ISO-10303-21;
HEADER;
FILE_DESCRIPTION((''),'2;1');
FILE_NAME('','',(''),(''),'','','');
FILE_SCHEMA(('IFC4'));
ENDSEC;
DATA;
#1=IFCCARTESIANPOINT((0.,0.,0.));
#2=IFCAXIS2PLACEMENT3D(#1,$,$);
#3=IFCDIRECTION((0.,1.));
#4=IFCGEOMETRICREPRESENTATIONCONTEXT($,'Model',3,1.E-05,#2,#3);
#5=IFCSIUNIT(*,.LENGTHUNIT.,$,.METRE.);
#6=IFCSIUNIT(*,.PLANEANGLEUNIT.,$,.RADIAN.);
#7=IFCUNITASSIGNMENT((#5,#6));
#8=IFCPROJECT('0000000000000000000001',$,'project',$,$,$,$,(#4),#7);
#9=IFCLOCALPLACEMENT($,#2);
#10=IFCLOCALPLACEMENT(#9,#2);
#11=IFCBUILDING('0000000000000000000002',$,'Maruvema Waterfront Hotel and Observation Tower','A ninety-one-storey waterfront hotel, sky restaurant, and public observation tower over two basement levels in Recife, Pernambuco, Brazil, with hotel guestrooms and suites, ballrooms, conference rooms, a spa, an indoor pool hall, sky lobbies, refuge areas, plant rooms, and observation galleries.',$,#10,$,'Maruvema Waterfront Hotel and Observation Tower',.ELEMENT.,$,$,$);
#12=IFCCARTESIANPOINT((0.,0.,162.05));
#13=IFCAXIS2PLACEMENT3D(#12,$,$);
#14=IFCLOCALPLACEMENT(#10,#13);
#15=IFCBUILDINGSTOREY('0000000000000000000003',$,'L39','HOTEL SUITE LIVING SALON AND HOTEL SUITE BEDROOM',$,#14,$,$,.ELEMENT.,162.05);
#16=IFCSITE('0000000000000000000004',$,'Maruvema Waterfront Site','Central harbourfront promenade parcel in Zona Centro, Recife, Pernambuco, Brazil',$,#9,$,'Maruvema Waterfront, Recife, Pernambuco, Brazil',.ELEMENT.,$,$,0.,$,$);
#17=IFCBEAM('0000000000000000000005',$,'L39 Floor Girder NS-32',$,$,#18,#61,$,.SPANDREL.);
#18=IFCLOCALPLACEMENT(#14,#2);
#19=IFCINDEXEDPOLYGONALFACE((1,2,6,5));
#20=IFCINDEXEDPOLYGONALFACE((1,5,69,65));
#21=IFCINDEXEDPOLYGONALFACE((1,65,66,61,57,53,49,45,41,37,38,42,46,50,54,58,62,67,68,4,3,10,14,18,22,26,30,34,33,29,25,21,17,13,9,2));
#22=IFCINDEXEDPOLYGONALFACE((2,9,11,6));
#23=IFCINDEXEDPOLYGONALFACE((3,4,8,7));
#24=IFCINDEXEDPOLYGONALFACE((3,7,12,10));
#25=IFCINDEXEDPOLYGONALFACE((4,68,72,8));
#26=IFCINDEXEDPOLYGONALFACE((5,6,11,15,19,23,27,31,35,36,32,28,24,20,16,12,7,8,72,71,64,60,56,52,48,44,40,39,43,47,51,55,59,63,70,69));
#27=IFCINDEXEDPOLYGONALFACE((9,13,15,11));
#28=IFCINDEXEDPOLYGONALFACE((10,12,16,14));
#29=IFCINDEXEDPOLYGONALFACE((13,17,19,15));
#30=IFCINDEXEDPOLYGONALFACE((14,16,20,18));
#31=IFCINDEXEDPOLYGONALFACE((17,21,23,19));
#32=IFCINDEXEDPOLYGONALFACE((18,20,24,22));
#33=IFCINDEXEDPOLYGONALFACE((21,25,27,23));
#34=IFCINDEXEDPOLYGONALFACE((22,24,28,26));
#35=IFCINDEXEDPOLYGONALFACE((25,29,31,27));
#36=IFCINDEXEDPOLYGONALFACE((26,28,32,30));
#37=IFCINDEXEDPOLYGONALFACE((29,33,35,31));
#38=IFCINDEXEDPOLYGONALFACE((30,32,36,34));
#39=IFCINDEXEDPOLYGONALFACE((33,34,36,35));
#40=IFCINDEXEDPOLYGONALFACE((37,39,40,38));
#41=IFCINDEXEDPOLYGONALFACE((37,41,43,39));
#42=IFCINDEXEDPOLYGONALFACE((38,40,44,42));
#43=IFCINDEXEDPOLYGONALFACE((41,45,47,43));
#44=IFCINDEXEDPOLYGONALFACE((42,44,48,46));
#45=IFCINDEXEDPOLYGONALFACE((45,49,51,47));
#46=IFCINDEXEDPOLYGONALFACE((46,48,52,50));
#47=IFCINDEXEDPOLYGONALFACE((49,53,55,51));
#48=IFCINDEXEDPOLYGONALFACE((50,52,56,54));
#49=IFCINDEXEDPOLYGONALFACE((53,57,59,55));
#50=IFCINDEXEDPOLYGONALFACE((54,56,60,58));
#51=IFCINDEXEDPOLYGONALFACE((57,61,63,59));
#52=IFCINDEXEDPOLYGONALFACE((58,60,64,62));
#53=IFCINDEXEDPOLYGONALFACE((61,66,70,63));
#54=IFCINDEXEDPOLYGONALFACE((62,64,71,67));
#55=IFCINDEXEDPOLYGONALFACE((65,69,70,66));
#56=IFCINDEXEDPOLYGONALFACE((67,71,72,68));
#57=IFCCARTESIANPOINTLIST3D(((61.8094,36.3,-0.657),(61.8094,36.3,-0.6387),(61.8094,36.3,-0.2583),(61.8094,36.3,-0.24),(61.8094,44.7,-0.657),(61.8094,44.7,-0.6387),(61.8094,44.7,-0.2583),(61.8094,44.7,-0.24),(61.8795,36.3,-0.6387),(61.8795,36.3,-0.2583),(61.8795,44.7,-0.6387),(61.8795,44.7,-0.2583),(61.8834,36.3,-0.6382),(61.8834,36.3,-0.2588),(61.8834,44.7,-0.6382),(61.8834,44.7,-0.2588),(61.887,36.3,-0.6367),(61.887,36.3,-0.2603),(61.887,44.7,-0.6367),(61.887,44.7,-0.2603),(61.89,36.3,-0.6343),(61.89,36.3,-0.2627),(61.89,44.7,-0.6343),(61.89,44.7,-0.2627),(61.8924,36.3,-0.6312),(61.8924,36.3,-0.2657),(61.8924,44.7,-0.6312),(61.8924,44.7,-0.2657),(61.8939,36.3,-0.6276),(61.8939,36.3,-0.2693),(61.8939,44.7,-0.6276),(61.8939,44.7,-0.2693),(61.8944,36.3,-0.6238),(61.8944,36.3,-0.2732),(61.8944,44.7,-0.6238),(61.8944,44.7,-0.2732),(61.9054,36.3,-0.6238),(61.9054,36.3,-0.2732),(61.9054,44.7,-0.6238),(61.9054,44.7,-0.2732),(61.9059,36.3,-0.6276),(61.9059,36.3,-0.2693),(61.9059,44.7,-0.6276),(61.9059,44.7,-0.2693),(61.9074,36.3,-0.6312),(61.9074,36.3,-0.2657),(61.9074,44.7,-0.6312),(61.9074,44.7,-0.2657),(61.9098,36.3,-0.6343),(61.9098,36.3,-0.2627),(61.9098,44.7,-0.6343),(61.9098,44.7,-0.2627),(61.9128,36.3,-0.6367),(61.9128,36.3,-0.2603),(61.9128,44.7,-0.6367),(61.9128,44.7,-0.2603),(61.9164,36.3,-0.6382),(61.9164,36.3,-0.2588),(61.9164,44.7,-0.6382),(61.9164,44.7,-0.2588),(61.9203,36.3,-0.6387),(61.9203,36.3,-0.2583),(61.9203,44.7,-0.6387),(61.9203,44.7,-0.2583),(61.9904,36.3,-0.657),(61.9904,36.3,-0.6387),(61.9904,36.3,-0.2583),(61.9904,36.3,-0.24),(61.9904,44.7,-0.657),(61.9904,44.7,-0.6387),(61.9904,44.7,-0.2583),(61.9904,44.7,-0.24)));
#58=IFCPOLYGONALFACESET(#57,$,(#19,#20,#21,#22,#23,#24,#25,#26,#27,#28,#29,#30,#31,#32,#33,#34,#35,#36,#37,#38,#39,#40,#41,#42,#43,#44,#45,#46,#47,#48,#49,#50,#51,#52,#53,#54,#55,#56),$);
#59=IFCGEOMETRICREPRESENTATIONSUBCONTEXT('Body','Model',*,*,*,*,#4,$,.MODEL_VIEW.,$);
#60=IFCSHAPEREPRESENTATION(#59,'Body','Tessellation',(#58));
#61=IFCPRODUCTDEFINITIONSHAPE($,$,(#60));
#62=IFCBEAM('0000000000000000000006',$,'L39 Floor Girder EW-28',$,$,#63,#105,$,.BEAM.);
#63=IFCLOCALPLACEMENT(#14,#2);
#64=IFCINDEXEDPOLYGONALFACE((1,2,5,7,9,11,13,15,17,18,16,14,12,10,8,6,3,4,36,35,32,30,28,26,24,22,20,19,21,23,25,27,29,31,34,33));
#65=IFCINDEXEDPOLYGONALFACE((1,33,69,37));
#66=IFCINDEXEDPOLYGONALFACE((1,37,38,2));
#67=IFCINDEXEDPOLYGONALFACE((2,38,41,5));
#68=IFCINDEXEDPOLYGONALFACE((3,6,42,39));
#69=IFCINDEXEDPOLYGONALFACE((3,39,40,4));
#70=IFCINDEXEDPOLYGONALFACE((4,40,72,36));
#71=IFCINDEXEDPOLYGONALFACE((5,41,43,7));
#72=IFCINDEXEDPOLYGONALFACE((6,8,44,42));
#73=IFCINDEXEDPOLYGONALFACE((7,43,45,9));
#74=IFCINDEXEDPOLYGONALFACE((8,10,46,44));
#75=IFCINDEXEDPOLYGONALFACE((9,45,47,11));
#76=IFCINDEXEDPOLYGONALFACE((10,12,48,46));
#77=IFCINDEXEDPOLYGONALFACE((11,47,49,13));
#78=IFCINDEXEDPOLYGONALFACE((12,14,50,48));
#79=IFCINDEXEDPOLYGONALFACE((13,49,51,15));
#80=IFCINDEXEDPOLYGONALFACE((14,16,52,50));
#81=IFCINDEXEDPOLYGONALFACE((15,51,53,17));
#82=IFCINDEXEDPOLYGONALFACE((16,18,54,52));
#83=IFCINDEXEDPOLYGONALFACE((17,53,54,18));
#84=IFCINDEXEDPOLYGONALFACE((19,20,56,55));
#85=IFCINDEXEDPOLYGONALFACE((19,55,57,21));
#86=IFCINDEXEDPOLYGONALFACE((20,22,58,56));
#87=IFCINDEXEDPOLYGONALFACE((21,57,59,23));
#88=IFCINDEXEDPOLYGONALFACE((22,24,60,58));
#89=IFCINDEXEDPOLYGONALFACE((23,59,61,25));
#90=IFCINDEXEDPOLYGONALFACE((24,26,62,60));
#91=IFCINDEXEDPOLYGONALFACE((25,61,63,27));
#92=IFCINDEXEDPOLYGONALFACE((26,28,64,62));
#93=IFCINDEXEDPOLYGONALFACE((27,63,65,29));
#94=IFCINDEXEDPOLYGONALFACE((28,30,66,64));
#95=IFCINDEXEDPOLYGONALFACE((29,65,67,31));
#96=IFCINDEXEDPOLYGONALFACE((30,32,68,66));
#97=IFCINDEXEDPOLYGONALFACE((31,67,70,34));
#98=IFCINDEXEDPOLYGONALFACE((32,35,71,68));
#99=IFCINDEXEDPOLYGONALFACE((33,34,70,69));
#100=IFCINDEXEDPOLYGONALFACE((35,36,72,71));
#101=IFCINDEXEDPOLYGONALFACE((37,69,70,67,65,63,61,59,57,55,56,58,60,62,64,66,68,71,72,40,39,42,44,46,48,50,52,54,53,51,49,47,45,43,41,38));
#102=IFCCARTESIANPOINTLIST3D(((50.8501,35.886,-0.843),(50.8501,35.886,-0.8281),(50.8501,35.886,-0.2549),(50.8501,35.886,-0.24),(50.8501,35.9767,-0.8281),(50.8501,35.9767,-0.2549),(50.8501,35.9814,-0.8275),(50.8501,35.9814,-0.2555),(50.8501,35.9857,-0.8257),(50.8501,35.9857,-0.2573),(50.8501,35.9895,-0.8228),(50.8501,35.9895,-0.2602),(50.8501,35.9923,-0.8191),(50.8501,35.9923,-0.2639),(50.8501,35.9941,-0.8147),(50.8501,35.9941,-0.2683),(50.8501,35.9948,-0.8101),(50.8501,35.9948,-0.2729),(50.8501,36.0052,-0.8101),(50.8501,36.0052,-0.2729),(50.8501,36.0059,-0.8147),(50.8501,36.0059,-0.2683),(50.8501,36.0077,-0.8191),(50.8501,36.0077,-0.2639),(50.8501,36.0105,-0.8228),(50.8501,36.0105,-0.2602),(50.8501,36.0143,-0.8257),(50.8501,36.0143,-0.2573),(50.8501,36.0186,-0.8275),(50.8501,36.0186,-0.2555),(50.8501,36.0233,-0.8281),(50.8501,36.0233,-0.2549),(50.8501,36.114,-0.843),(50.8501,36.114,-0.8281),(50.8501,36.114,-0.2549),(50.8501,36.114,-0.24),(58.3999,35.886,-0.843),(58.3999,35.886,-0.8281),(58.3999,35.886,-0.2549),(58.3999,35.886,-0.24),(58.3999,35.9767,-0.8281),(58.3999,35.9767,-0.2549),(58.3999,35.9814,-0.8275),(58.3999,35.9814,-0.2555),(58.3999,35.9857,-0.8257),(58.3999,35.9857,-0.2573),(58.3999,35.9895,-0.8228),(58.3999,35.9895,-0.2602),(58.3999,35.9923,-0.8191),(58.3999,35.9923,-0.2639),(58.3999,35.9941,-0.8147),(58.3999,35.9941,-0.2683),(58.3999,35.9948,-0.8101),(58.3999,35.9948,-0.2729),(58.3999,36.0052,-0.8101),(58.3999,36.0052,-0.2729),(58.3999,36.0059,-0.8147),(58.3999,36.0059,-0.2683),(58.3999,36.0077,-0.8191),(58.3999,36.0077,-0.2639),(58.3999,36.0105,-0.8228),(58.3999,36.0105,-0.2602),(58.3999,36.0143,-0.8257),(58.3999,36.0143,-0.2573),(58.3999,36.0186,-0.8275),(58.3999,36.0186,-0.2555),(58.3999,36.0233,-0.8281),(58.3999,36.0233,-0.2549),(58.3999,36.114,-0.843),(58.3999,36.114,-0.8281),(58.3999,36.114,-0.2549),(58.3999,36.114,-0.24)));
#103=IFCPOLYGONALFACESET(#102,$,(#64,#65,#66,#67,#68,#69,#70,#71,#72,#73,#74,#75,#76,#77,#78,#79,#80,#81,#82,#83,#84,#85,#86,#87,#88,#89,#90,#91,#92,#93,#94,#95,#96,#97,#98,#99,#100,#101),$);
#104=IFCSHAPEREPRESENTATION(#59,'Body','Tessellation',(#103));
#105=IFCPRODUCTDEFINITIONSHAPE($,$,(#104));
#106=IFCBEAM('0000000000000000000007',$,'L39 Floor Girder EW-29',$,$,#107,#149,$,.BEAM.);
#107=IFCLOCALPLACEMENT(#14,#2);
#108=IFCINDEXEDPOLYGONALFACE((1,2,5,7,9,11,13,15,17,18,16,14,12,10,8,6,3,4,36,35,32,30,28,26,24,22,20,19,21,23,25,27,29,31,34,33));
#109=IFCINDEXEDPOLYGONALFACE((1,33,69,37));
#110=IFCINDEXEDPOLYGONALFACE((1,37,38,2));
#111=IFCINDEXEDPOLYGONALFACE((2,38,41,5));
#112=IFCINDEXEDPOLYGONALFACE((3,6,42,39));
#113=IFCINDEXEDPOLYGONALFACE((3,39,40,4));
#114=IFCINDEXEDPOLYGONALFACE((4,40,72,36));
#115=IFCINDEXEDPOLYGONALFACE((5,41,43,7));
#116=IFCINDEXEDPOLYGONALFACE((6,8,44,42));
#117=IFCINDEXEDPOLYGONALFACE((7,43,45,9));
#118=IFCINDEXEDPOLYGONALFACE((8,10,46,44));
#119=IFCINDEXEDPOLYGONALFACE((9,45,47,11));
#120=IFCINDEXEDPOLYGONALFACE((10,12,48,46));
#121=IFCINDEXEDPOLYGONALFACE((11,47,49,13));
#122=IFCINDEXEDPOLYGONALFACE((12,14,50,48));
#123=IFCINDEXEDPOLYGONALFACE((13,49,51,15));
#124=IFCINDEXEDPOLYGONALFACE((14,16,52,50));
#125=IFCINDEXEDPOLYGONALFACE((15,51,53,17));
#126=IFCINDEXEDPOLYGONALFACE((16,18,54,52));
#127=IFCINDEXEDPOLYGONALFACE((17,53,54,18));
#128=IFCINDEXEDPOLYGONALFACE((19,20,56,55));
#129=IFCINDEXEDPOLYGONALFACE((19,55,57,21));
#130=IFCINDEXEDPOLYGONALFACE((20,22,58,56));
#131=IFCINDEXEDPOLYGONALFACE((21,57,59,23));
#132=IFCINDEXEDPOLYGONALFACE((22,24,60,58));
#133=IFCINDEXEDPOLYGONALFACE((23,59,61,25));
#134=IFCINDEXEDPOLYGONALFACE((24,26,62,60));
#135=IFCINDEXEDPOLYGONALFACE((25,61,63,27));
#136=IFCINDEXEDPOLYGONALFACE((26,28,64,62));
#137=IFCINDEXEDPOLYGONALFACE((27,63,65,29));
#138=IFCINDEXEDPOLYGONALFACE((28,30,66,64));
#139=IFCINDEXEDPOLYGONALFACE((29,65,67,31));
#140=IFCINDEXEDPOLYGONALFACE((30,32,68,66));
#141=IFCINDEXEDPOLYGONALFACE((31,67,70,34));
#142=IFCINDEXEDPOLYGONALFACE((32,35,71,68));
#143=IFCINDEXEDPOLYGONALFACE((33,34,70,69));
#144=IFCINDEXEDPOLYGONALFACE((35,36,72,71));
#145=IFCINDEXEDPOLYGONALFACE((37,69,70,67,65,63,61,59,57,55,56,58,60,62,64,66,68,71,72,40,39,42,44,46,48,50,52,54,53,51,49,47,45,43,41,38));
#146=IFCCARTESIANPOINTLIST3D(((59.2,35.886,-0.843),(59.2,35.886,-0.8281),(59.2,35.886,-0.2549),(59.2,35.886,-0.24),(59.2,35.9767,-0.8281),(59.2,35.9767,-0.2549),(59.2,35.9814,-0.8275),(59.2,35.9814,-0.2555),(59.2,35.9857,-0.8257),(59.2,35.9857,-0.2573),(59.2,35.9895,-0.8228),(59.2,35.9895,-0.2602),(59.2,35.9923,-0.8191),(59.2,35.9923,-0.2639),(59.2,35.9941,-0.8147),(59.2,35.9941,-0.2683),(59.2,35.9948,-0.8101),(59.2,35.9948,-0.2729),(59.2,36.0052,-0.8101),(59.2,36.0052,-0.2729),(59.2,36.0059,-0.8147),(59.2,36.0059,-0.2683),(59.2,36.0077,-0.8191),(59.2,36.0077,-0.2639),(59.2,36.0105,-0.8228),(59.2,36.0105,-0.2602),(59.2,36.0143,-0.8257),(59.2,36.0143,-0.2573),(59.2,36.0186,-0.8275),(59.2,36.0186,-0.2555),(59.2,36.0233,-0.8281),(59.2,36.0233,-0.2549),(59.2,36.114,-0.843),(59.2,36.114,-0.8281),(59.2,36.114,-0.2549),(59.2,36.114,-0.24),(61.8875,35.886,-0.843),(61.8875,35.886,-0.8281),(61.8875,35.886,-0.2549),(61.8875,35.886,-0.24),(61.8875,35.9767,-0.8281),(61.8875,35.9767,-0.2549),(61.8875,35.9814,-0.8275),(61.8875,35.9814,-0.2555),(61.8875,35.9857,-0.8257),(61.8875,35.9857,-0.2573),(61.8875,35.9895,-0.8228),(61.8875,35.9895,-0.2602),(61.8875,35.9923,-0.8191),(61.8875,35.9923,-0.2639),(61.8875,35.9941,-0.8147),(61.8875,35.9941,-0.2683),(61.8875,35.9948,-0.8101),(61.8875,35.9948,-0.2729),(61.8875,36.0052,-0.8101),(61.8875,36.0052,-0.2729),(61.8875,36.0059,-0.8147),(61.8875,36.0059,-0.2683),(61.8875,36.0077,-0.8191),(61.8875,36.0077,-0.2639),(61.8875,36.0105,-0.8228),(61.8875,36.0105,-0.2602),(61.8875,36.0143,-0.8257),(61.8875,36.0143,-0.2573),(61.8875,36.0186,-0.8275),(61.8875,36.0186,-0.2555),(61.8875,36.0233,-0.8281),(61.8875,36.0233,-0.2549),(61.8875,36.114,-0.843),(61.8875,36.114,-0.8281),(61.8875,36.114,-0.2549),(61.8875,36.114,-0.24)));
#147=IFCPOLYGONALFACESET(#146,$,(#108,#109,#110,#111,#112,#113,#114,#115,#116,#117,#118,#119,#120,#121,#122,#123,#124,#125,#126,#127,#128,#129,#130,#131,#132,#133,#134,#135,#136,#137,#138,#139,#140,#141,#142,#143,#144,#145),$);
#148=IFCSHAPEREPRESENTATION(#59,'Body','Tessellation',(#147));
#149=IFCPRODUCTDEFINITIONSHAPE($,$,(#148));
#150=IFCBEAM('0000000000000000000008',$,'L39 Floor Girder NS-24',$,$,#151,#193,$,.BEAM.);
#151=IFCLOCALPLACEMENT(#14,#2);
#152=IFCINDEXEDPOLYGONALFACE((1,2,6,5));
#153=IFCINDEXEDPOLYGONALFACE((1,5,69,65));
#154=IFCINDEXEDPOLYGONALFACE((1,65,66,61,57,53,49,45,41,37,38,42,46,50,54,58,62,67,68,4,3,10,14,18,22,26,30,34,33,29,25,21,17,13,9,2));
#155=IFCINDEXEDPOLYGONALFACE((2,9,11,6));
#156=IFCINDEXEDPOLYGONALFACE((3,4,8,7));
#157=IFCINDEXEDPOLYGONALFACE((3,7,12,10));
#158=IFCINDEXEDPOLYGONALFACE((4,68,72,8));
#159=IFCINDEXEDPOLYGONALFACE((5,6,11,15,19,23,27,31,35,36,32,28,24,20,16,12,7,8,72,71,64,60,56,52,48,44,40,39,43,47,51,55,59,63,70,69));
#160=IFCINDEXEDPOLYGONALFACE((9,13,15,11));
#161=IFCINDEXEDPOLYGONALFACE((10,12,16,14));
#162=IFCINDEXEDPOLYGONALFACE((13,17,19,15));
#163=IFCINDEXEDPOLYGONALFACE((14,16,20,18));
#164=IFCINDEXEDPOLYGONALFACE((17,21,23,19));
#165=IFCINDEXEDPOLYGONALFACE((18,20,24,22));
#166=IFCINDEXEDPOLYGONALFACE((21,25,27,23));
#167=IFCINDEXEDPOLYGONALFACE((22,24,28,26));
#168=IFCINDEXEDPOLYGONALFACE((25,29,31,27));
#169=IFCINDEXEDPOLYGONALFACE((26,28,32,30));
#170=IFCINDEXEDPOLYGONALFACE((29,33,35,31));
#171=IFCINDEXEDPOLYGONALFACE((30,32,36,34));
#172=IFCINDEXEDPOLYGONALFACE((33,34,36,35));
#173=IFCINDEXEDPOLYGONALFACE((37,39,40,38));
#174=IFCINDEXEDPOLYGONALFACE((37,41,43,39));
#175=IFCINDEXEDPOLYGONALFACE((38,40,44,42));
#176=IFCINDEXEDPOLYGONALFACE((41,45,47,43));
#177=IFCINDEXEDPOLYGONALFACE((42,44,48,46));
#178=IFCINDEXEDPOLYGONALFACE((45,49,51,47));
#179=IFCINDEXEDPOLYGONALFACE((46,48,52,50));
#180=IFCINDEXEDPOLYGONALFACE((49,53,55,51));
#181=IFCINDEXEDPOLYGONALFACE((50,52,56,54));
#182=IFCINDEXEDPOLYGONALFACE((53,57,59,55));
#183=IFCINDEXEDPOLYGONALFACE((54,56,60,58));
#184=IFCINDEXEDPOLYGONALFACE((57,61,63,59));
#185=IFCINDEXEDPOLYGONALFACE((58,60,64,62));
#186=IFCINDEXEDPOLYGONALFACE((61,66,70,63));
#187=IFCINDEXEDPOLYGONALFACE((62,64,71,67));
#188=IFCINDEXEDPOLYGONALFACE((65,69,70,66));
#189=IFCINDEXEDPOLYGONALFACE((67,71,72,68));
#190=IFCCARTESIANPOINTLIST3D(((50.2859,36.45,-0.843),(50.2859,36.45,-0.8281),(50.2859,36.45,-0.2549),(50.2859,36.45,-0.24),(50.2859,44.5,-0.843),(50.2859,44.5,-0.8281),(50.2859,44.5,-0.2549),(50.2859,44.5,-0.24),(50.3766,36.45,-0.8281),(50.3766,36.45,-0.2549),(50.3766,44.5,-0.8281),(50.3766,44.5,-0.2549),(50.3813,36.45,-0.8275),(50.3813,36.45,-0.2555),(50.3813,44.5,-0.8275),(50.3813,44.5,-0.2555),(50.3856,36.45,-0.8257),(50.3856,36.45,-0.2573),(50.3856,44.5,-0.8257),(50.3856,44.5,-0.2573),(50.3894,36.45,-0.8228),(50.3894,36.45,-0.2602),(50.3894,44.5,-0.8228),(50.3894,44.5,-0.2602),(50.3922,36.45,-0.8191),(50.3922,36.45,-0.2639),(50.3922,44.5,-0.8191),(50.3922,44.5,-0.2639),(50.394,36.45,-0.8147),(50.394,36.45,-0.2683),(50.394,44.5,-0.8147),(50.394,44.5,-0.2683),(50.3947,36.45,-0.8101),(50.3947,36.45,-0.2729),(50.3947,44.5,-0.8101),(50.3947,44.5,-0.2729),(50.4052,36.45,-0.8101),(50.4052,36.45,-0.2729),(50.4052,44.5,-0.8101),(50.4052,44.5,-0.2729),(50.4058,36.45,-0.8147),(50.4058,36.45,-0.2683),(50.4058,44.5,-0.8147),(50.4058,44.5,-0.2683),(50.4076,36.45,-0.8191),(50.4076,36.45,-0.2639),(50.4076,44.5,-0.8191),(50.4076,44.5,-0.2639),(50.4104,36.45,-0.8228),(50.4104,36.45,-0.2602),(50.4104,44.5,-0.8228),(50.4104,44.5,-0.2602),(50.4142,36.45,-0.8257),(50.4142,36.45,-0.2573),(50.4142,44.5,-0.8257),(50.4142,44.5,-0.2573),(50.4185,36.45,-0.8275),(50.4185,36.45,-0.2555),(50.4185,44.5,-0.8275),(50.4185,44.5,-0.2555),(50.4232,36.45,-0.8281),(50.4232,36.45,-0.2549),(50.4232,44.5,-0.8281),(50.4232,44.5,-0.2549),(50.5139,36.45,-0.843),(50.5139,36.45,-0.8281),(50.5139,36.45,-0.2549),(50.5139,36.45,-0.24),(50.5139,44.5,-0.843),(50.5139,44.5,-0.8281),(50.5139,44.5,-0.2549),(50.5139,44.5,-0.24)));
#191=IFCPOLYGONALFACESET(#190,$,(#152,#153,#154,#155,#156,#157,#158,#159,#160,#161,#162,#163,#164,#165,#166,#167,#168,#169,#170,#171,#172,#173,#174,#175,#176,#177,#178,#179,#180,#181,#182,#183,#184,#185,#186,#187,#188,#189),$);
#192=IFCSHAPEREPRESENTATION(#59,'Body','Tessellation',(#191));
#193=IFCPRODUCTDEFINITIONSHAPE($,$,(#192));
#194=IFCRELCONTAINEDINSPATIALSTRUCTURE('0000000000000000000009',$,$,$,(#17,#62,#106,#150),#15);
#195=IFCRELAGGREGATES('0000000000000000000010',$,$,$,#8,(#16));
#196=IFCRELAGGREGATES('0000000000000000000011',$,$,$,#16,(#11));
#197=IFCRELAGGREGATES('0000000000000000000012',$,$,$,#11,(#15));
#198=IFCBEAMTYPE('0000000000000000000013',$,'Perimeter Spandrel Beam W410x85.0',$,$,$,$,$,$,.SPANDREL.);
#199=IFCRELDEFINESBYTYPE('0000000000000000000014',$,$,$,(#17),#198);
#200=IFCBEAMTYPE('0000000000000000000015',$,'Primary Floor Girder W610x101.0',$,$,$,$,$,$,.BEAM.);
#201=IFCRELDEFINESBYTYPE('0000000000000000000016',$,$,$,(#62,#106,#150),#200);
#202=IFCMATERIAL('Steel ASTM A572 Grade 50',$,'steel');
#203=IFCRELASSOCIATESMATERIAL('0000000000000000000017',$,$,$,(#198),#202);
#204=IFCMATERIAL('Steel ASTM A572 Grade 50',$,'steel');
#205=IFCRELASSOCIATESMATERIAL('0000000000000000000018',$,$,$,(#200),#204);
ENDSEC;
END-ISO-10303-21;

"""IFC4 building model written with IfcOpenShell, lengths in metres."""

from ifc_helpers import new_model, si_unit, direction, frame, origin, origin_2d, place, context, subcontext, project, spatial, i_section, extrude, material, material_profile, profile_set, type_object, element, save


model = new_model("IFC4")

# Units and contexts
model_context = context("Model", 3, precision=1e-05, world=origin(), true_north=direction((0.0, 1.0)))
body_context = subcontext(model_context, "Body", "Model", "MODEL_VIEW")
ifc_project = project(units=[si_unit("LENGTHUNIT", "METRE"), si_unit("PLANEANGLEUNIT", "RADIAN")], contexts=[model_context])

# Site, building, storey
site_placement = place(None, origin())
site = spatial("IfcSite", under=ifc_project, at=site_placement, Name="Maruvema Waterfront Site", Description="Central harbourfront promenade parcel in Zona Centro, Recife, Pernambuco, Brazil", LongName="Maruvema Waterfront, Recife, Pernambuco, Brazil", CompositionType="ELEMENT", RefElevation=0.0)
building_placement = place(site_placement, origin())
building = spatial("IfcBuilding", under=site, at=building_placement, Name="Maruvema Waterfront Hotel and Observation Tower", Description="A ninety-one-storey waterfront hotel, sky restaurant, and public observation tower over two basement levels in Recife, Pernambuco, Brazil, with hotel guestrooms and suites, ballrooms, conference rooms, a spa, an indoor pool hall, sky lobbies, refuge areas, plant rooms, and observation galleries.", LongName="Maruvema Waterfront Hotel and Observation Tower", CompositionType="ELEMENT")
storey_placement = place(building_placement, frame((0.0, 0.0, 162.05)))
storey = spatial("IfcBuildingStorey", under=building, at=storey_placement, Name="L39", Description="HOTEL SUITE LIVING SALON AND HOTEL SUITE BEDROOM", CompositionType="ELEMENT", Elevation=162.05)

# Beams
ifc_material_1 = material(Name="Steel ASTM A572 Grade 50", Category="steel")
ifc_material_profile_1 = material_profile(ifc_material_1, i_section(OverallWidth=0.1809, OverallDepth=0.417, WebThickness=0.011, FlangeThickness=0.0183, FilletRadius=0.0149, at=origin_2d()), Name="W410x85.0")
ifc_profile_set_1 = profile_set([ifc_material_profile_1], Name="Steel ASTM A572 Grade 50")
beam_type_1 = type_object("IfcBeamType", Name="Perimeter Spandrel Beam W410x85.0", PredefinedType="SPANDREL", material=ifc_profile_set_1)
beam_1_placement = place(storey_placement, frame((61.8999, 36.3, -0.4485), z_axis=(0.0, 1.0, 0.0), x_axis=(-1.0, 0.0, 0.0)))
element("IfcBeam", 1, at=beam_1_placement, inside=storey, type_object=beam_type_1, Name="L39 Floor Girder NS-32", PredefinedType="SPANDREL", context=body_context, shape_type="SweptSolid", body=[
    extrude(i_section(OverallWidth=0.1809, OverallDepth=0.417, WebThickness=0.011, FlangeThickness=0.0183, FilletRadius=0.0149, at=origin_2d()), origin(), (0.0, 0.0, 1.0), 8.3999),
])
ifc_material_2 = material(Name="Steel ASTM A572 Grade 50", Category="steel")
ifc_material_profile_2 = material_profile(ifc_material_2, i_section(OverallWidth=0.228, OverallDepth=0.603, WebThickness=0.0105, FlangeThickness=0.0149, FilletRadius=0.0181, at=origin_2d()), Name="W610x101.0")
ifc_profile_set_2 = profile_set([ifc_material_profile_2], Name="Steel ASTM A572 Grade 50")
beam_type_2 = type_object("IfcBeamType", Name="Primary Floor Girder W610x101.0", PredefinedType="BEAM", material=ifc_profile_set_2)
beam_2_placement = place(storey_placement, frame((50.8501, 36.0, -0.5415), z_axis=(1.0, 0.0, 0.0), x_axis=(0.0, 1.0, 0.0)))
element("IfcBeam", 2, at=beam_2_placement, inside=storey, type_object=beam_type_2, Name="L39 Floor Girder EW-28", PredefinedType="BEAM", context=body_context, shape_type="SweptSolid", body=[
    extrude(i_section(OverallWidth=0.228, OverallDepth=0.603, WebThickness=0.0105, FlangeThickness=0.0149, FilletRadius=0.0181, at=origin_2d()), origin(), (0.0, 0.0, 1.0), 7.5498),
])
beam_3_placement = place(storey_placement, frame((59.2, 36.0, -0.5415), z_axis=(1.0, 0.0, 0.0), x_axis=(0.0, 1.0, 0.0)))
element("IfcBeam", 3, at=beam_3_placement, inside=storey, type_object=beam_type_2, Name="L39 Floor Girder EW-29", PredefinedType="BEAM", context=body_context, shape_type="SweptSolid", body=[
    extrude(i_section(OverallWidth=0.228, OverallDepth=0.603, WebThickness=0.0105, FlangeThickness=0.0149, FilletRadius=0.0181, at=origin_2d()), origin(), (0.0, 0.0, 1.0), 2.6875),
])
beam_4_placement = place(storey_placement, frame((50.3999, 36.45, -0.5415), z_axis=(0.0, 1.0, 0.0), x_axis=(-1.0, 0.0, 0.0)))
element("IfcBeam", 4, at=beam_4_placement, inside=storey, type_object=beam_type_2, Name="L39 Floor Girder NS-24", PredefinedType="BEAM", context=body_context, shape_type="SweptSolid", body=[
    extrude(i_section(OverallWidth=0.228, OverallDepth=0.603, WebThickness=0.0105, FlangeThickness=0.0149, FilletRadius=0.0181, at=origin_2d()), origin(), (0.0, 0.0, 1.0), 8.05),
])

save(model, "model.ifc")
